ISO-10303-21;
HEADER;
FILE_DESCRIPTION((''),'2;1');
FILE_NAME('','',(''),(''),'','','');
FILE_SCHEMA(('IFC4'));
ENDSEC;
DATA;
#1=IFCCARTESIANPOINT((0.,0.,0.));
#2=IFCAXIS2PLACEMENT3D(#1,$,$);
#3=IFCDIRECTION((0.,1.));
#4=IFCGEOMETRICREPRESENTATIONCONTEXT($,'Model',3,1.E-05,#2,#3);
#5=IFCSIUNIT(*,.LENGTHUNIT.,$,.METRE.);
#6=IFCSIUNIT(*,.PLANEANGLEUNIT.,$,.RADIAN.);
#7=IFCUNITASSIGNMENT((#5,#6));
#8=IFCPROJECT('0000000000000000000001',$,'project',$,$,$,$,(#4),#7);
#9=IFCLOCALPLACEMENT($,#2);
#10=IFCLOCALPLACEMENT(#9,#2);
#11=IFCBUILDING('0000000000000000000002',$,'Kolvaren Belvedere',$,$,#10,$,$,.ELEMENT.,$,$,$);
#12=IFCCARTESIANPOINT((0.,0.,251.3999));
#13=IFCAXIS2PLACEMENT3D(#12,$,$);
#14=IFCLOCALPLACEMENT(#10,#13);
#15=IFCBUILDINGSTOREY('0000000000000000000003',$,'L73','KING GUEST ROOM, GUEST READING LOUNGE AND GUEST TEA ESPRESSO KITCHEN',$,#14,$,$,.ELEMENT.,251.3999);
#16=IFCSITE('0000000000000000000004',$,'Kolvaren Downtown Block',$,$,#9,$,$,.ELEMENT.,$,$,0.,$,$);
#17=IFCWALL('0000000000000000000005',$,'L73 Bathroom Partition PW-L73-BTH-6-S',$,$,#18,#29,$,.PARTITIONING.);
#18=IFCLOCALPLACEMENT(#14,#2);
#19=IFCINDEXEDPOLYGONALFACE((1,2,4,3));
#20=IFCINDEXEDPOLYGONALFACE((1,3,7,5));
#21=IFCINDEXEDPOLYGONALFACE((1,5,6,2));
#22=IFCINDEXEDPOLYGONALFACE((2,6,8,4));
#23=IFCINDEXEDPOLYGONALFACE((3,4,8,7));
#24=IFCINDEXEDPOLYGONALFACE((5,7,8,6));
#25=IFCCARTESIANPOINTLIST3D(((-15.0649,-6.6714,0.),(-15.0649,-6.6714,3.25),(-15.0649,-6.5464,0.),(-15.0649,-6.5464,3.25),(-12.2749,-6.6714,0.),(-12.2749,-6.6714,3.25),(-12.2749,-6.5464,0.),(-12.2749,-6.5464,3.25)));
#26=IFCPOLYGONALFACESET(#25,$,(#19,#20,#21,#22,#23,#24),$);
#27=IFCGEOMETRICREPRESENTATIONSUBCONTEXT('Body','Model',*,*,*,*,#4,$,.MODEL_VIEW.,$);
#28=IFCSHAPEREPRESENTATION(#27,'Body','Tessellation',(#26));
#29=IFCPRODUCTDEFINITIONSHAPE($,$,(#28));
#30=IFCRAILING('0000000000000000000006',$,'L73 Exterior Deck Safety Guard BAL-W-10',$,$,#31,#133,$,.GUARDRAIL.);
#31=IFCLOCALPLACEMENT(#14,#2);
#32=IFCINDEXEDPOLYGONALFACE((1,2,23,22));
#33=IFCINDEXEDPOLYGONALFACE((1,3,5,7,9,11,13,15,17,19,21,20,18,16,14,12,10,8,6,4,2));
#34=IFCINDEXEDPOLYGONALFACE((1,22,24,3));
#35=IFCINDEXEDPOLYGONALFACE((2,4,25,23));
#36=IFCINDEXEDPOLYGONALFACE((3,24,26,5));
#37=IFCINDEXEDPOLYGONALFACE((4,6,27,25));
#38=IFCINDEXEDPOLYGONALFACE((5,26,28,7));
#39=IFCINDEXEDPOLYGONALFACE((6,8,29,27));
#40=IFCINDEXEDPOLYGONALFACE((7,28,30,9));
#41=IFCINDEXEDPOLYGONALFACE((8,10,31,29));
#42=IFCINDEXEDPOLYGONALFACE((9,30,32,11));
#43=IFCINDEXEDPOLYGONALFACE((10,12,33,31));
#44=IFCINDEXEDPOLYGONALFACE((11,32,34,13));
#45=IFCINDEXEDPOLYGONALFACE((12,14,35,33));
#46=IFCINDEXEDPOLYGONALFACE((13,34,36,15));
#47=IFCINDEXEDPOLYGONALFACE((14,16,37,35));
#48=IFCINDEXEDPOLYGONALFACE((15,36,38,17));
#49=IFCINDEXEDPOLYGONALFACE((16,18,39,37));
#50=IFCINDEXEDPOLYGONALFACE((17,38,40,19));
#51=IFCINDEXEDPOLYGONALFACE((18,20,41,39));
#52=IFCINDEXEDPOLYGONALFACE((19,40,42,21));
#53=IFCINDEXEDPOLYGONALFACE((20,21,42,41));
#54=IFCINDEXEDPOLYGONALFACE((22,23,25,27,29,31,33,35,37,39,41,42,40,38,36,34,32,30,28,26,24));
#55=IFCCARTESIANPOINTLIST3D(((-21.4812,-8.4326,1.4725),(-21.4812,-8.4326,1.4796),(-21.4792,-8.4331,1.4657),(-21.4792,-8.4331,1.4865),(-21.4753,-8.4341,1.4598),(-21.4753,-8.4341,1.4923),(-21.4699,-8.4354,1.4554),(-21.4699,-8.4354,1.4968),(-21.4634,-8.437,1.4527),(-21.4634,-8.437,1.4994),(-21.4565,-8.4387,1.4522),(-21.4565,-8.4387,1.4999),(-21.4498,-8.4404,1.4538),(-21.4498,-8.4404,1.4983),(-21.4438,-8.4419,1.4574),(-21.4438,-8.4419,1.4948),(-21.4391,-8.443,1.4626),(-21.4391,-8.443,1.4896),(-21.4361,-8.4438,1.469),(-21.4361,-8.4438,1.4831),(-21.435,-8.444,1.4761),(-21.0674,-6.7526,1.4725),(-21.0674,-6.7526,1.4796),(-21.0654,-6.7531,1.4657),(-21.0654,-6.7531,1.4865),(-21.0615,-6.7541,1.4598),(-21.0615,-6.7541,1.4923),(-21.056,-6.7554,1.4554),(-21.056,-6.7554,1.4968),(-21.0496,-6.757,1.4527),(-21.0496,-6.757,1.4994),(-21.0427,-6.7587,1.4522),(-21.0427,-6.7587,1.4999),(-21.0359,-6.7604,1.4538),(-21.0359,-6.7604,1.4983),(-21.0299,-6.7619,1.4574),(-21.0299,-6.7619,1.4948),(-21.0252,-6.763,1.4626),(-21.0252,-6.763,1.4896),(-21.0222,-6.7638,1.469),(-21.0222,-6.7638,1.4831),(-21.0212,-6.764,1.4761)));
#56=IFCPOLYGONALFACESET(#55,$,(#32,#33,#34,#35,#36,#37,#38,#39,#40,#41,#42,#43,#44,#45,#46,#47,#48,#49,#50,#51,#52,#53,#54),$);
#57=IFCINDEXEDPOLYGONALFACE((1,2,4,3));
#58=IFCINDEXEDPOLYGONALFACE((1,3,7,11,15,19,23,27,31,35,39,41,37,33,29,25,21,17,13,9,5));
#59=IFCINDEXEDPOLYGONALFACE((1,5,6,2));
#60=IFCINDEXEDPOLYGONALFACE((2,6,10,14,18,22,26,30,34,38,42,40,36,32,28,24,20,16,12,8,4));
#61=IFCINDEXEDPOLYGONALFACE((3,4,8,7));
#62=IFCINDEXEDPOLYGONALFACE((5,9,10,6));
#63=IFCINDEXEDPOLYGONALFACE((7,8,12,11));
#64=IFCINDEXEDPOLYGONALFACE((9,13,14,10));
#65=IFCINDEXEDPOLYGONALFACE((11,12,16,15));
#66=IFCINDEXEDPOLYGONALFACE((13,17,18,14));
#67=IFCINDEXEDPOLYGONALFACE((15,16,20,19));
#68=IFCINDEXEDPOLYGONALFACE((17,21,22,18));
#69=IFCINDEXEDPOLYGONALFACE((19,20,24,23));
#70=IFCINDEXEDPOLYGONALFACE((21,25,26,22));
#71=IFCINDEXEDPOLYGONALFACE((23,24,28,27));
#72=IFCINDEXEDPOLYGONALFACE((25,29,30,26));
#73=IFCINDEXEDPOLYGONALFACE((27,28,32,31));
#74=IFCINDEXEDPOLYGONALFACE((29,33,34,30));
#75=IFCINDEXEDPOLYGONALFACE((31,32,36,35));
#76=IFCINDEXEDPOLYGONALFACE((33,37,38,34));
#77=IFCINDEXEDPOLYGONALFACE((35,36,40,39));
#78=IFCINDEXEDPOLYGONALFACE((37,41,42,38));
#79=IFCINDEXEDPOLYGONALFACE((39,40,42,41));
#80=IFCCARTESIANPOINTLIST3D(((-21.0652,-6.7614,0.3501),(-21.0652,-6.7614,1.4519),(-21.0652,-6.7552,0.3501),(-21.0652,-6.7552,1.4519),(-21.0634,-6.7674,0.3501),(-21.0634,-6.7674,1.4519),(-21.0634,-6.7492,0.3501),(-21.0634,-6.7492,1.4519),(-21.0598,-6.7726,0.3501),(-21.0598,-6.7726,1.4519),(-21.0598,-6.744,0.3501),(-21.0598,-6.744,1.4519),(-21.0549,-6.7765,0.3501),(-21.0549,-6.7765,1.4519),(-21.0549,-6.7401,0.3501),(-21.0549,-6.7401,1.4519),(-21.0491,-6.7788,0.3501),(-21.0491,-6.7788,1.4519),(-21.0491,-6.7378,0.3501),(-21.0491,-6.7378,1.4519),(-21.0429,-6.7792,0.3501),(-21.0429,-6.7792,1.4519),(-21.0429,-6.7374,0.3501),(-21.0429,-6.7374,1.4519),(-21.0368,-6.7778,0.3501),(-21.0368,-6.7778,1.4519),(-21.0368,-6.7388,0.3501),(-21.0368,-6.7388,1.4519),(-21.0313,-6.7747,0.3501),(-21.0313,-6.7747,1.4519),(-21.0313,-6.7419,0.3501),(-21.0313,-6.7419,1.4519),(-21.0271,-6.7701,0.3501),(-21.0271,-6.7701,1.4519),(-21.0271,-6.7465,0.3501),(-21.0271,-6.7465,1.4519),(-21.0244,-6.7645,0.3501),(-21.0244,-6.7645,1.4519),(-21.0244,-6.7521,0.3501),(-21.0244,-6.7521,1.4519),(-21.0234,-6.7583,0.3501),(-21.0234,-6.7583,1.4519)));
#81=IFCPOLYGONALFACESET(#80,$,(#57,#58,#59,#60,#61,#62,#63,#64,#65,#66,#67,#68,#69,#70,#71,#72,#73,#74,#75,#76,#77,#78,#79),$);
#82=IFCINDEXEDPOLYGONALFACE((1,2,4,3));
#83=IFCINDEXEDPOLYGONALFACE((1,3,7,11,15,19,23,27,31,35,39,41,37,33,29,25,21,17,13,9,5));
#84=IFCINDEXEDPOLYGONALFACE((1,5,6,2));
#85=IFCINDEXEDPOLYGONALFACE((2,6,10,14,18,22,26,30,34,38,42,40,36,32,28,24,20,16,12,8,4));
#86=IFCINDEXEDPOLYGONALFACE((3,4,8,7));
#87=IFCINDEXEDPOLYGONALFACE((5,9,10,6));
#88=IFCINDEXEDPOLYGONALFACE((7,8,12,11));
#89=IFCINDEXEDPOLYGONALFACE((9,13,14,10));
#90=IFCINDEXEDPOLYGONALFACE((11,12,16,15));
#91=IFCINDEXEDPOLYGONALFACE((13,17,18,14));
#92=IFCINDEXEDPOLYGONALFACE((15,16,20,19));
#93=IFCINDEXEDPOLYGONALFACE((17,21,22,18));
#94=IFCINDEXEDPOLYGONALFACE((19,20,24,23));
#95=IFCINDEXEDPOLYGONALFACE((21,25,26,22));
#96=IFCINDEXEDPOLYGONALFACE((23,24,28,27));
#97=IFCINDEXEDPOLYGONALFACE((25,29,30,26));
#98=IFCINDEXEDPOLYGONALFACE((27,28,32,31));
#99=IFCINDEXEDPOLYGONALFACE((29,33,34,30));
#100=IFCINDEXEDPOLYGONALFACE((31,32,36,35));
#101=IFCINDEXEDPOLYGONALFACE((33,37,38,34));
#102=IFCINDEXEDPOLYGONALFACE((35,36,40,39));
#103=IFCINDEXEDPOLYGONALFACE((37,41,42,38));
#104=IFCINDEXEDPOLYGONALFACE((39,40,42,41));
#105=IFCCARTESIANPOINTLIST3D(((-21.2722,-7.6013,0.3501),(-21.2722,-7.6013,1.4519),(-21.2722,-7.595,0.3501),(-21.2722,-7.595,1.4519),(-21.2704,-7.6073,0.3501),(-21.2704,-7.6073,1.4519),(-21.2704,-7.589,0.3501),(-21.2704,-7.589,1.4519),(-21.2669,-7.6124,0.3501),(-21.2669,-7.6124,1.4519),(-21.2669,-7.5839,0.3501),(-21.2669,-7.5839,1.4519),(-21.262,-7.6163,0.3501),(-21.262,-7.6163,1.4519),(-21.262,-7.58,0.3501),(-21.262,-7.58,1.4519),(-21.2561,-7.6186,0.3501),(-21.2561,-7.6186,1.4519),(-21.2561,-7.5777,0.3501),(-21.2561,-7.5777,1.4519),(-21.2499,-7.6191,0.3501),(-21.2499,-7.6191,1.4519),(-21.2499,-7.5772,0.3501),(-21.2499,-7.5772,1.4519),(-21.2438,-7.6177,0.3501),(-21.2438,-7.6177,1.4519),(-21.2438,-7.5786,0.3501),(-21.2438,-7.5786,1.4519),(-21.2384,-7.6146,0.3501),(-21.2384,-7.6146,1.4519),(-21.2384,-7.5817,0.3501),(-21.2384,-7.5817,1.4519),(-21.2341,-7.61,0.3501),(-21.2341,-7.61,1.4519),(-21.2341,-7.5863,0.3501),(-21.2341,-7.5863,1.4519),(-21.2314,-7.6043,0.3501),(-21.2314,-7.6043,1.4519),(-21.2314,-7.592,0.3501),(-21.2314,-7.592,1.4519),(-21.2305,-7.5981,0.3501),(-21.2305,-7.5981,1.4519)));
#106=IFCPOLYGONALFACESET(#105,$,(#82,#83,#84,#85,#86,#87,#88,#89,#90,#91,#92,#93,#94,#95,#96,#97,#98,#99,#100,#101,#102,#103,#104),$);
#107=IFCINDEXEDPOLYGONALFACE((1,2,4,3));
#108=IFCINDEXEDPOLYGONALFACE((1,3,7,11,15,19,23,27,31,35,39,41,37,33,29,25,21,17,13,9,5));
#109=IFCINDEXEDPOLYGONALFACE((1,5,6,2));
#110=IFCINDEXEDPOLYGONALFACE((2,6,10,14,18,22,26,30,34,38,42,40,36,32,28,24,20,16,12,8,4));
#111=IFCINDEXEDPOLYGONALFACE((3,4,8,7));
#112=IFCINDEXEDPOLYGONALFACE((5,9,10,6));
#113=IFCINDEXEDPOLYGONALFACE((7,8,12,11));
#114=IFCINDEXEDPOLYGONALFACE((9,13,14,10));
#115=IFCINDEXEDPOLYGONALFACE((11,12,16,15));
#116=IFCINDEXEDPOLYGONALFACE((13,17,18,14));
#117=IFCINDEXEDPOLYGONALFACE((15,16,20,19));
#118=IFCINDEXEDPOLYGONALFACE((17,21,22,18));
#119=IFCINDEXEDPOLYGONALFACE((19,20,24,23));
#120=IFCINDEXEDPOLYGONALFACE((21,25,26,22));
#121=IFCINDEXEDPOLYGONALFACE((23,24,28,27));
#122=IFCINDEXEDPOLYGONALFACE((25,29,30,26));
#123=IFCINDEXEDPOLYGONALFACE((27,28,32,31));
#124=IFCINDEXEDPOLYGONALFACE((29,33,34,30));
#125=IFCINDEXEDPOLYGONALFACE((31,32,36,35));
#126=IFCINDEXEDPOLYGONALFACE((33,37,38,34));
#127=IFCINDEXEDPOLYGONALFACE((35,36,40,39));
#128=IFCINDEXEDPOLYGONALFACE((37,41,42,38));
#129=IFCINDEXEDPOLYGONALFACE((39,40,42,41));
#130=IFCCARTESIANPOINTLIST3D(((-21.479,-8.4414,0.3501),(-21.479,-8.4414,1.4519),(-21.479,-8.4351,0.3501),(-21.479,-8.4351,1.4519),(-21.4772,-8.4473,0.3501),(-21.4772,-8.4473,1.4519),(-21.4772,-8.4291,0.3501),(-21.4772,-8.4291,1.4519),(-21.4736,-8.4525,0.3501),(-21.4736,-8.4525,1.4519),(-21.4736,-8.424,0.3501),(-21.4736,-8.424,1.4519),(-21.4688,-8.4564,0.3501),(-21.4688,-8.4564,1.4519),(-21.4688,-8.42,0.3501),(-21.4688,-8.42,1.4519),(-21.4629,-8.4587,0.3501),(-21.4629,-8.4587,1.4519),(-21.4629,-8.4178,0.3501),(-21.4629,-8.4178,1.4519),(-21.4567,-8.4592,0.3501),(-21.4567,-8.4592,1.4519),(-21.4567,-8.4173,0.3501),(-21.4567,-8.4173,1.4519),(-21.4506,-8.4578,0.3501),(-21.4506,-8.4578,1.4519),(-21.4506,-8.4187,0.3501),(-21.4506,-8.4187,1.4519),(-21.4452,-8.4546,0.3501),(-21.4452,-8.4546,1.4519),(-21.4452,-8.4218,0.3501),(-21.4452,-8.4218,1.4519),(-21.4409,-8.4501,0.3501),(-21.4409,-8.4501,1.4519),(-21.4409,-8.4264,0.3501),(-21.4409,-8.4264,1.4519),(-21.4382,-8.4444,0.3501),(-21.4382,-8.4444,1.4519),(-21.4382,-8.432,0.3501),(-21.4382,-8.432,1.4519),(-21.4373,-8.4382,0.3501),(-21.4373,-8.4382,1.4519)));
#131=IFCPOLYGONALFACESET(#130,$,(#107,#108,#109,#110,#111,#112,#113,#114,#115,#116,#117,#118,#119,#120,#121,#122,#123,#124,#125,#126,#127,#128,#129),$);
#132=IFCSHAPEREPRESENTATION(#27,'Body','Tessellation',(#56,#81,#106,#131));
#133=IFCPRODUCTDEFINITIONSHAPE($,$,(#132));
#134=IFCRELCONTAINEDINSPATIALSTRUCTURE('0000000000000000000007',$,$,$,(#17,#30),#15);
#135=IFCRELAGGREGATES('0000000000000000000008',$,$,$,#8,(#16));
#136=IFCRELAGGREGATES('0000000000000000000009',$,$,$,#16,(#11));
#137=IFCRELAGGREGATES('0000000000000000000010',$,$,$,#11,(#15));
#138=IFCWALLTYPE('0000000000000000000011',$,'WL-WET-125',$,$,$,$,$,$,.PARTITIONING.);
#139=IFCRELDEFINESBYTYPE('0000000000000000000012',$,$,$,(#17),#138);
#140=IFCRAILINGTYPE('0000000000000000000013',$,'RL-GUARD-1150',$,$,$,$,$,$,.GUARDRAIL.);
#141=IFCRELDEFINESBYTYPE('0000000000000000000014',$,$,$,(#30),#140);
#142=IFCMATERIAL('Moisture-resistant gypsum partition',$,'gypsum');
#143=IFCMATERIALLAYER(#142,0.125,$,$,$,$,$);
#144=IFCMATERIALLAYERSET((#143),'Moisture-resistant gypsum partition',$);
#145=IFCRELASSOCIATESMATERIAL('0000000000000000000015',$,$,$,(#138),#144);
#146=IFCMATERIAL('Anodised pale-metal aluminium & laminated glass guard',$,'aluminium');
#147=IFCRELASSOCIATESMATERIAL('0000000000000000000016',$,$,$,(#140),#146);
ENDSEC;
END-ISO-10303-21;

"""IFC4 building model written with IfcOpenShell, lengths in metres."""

from ifc_helpers import new_model, si_unit, direction, frame, frame_2d, origin, origin_2d, place, context, subcontext, project, spatial, rectangle, circle, extrude, material, layer, layer_set, type_object, element, save


model = new_model("IFC4")

# Units and contexts
model_context = context("Model", 3, precision=1e-05, world=origin(), true_north=direction((0.0, 1.0)))
body_context = subcontext(model_context, "Body", "Model", "MODEL_VIEW")
ifc_project = project(units=[si_unit("LENGTHUNIT", "METRE"), si_unit("PLANEANGLEUNIT", "RADIAN")], contexts=[model_context])

# Site, building, storey
site_placement = place(None, origin())
site = spatial("IfcSite", under=ifc_project, at=site_placement, Name="Kolvaren Downtown Block", CompositionType="ELEMENT", RefElevation=0.0)
building_placement = place(site_placement, origin())
building = spatial("IfcBuilding", under=site, at=building_placement, Name="Kolvaren Belvedere", CompositionType="ELEMENT")
storey_placement = place(building_placement, frame((0.0, 0.0, 251.3999)))
storey = spatial("IfcBuildingStorey", under=building, at=storey_placement, Name="L73", Description="KING GUEST ROOM, GUEST READING LOUNGE AND GUEST TEA ESPRESSO KITCHEN", CompositionType="ELEMENT", Elevation=251.3999)

# Shared definitions
ifc_material_1 = material(Name="Moisture-resistant gypsum partition", Category="gypsum")
ifc_layer_1 = layer(ifc_material_1, 0.125)
ifc_layer_set_1 = layer_set([ifc_layer_1], Name="Moisture-resistant gypsum partition")
wall_type_1 = type_object("IfcWallType", Name="WL-WET-125", PredefinedType="PARTITIONING", material=ifc_layer_set_1)

# Wall
wall_1_placement = place(storey_placement, frame((-15.0649, -6.6089, 0.0), z_axis=(0.0, 0.0, 1.0), x_axis=(1.0, 0.0, 0.0)))
element("IfcWall", 1, at=wall_1_placement, inside=storey, type_object=wall_type_1, Name="L73 Bathroom Partition PW-L73-BTH-6-S", PredefinedType="PARTITIONING", context=body_context, shape_type="SweptSolid", body=[
    extrude(rectangle(XDim=2.79, YDim=0.125, at=frame_2d((1.395, 0.0))), origin(), (0.0, 0.0, 1.0), 3.25),
])

# Railing
ifc_material_2 = material(Name="Anodised pale-metal aluminium & laminated glass guard", Category="aluminium")
railing_type = type_object("IfcRailingType", Name="RL-GUARD-1150", PredefinedType="GUARDRAIL", material=ifc_material_2)
railing_1_placement = place(storey_placement, frame((-21.0444, -6.7583, 0.3501)))
element("IfcRailing", 2, at=railing_1_placement, inside=storey, type_object=railing_type, Name="L73 Exterior Deck Safety Guard BAL-W-10", PredefinedType="GUARDRAIL", context=body_context, shape_type="SweptSolid", body=[
    extrude(circle(Radius=0.0239, at=origin_2d()), frame((0.0, 0.0, 1.126), z_axis=(-0.239181, -0.970975, 0.0), x_axis=(0.970975, -0.239181, 0.0)), (0.0, 0.0, 1.0), 1.7302),
    extrude(circle(Radius=0.021, at=origin_2d()), origin(), (0.0, 0.0, 1.0), 1.1018),
    extrude(circle(Radius=0.021, at=origin_2d()), frame((-0.207, -0.8398, 0.0)), (0.0, 0.0, 1.0), 1.1018),
    extrude(circle(Radius=0.021, at=origin_2d()), frame((-0.4138, -1.6799, 0.0)), (0.0, 0.0, 1.0), 1.1018),
])

save(model, "model.ifc")
